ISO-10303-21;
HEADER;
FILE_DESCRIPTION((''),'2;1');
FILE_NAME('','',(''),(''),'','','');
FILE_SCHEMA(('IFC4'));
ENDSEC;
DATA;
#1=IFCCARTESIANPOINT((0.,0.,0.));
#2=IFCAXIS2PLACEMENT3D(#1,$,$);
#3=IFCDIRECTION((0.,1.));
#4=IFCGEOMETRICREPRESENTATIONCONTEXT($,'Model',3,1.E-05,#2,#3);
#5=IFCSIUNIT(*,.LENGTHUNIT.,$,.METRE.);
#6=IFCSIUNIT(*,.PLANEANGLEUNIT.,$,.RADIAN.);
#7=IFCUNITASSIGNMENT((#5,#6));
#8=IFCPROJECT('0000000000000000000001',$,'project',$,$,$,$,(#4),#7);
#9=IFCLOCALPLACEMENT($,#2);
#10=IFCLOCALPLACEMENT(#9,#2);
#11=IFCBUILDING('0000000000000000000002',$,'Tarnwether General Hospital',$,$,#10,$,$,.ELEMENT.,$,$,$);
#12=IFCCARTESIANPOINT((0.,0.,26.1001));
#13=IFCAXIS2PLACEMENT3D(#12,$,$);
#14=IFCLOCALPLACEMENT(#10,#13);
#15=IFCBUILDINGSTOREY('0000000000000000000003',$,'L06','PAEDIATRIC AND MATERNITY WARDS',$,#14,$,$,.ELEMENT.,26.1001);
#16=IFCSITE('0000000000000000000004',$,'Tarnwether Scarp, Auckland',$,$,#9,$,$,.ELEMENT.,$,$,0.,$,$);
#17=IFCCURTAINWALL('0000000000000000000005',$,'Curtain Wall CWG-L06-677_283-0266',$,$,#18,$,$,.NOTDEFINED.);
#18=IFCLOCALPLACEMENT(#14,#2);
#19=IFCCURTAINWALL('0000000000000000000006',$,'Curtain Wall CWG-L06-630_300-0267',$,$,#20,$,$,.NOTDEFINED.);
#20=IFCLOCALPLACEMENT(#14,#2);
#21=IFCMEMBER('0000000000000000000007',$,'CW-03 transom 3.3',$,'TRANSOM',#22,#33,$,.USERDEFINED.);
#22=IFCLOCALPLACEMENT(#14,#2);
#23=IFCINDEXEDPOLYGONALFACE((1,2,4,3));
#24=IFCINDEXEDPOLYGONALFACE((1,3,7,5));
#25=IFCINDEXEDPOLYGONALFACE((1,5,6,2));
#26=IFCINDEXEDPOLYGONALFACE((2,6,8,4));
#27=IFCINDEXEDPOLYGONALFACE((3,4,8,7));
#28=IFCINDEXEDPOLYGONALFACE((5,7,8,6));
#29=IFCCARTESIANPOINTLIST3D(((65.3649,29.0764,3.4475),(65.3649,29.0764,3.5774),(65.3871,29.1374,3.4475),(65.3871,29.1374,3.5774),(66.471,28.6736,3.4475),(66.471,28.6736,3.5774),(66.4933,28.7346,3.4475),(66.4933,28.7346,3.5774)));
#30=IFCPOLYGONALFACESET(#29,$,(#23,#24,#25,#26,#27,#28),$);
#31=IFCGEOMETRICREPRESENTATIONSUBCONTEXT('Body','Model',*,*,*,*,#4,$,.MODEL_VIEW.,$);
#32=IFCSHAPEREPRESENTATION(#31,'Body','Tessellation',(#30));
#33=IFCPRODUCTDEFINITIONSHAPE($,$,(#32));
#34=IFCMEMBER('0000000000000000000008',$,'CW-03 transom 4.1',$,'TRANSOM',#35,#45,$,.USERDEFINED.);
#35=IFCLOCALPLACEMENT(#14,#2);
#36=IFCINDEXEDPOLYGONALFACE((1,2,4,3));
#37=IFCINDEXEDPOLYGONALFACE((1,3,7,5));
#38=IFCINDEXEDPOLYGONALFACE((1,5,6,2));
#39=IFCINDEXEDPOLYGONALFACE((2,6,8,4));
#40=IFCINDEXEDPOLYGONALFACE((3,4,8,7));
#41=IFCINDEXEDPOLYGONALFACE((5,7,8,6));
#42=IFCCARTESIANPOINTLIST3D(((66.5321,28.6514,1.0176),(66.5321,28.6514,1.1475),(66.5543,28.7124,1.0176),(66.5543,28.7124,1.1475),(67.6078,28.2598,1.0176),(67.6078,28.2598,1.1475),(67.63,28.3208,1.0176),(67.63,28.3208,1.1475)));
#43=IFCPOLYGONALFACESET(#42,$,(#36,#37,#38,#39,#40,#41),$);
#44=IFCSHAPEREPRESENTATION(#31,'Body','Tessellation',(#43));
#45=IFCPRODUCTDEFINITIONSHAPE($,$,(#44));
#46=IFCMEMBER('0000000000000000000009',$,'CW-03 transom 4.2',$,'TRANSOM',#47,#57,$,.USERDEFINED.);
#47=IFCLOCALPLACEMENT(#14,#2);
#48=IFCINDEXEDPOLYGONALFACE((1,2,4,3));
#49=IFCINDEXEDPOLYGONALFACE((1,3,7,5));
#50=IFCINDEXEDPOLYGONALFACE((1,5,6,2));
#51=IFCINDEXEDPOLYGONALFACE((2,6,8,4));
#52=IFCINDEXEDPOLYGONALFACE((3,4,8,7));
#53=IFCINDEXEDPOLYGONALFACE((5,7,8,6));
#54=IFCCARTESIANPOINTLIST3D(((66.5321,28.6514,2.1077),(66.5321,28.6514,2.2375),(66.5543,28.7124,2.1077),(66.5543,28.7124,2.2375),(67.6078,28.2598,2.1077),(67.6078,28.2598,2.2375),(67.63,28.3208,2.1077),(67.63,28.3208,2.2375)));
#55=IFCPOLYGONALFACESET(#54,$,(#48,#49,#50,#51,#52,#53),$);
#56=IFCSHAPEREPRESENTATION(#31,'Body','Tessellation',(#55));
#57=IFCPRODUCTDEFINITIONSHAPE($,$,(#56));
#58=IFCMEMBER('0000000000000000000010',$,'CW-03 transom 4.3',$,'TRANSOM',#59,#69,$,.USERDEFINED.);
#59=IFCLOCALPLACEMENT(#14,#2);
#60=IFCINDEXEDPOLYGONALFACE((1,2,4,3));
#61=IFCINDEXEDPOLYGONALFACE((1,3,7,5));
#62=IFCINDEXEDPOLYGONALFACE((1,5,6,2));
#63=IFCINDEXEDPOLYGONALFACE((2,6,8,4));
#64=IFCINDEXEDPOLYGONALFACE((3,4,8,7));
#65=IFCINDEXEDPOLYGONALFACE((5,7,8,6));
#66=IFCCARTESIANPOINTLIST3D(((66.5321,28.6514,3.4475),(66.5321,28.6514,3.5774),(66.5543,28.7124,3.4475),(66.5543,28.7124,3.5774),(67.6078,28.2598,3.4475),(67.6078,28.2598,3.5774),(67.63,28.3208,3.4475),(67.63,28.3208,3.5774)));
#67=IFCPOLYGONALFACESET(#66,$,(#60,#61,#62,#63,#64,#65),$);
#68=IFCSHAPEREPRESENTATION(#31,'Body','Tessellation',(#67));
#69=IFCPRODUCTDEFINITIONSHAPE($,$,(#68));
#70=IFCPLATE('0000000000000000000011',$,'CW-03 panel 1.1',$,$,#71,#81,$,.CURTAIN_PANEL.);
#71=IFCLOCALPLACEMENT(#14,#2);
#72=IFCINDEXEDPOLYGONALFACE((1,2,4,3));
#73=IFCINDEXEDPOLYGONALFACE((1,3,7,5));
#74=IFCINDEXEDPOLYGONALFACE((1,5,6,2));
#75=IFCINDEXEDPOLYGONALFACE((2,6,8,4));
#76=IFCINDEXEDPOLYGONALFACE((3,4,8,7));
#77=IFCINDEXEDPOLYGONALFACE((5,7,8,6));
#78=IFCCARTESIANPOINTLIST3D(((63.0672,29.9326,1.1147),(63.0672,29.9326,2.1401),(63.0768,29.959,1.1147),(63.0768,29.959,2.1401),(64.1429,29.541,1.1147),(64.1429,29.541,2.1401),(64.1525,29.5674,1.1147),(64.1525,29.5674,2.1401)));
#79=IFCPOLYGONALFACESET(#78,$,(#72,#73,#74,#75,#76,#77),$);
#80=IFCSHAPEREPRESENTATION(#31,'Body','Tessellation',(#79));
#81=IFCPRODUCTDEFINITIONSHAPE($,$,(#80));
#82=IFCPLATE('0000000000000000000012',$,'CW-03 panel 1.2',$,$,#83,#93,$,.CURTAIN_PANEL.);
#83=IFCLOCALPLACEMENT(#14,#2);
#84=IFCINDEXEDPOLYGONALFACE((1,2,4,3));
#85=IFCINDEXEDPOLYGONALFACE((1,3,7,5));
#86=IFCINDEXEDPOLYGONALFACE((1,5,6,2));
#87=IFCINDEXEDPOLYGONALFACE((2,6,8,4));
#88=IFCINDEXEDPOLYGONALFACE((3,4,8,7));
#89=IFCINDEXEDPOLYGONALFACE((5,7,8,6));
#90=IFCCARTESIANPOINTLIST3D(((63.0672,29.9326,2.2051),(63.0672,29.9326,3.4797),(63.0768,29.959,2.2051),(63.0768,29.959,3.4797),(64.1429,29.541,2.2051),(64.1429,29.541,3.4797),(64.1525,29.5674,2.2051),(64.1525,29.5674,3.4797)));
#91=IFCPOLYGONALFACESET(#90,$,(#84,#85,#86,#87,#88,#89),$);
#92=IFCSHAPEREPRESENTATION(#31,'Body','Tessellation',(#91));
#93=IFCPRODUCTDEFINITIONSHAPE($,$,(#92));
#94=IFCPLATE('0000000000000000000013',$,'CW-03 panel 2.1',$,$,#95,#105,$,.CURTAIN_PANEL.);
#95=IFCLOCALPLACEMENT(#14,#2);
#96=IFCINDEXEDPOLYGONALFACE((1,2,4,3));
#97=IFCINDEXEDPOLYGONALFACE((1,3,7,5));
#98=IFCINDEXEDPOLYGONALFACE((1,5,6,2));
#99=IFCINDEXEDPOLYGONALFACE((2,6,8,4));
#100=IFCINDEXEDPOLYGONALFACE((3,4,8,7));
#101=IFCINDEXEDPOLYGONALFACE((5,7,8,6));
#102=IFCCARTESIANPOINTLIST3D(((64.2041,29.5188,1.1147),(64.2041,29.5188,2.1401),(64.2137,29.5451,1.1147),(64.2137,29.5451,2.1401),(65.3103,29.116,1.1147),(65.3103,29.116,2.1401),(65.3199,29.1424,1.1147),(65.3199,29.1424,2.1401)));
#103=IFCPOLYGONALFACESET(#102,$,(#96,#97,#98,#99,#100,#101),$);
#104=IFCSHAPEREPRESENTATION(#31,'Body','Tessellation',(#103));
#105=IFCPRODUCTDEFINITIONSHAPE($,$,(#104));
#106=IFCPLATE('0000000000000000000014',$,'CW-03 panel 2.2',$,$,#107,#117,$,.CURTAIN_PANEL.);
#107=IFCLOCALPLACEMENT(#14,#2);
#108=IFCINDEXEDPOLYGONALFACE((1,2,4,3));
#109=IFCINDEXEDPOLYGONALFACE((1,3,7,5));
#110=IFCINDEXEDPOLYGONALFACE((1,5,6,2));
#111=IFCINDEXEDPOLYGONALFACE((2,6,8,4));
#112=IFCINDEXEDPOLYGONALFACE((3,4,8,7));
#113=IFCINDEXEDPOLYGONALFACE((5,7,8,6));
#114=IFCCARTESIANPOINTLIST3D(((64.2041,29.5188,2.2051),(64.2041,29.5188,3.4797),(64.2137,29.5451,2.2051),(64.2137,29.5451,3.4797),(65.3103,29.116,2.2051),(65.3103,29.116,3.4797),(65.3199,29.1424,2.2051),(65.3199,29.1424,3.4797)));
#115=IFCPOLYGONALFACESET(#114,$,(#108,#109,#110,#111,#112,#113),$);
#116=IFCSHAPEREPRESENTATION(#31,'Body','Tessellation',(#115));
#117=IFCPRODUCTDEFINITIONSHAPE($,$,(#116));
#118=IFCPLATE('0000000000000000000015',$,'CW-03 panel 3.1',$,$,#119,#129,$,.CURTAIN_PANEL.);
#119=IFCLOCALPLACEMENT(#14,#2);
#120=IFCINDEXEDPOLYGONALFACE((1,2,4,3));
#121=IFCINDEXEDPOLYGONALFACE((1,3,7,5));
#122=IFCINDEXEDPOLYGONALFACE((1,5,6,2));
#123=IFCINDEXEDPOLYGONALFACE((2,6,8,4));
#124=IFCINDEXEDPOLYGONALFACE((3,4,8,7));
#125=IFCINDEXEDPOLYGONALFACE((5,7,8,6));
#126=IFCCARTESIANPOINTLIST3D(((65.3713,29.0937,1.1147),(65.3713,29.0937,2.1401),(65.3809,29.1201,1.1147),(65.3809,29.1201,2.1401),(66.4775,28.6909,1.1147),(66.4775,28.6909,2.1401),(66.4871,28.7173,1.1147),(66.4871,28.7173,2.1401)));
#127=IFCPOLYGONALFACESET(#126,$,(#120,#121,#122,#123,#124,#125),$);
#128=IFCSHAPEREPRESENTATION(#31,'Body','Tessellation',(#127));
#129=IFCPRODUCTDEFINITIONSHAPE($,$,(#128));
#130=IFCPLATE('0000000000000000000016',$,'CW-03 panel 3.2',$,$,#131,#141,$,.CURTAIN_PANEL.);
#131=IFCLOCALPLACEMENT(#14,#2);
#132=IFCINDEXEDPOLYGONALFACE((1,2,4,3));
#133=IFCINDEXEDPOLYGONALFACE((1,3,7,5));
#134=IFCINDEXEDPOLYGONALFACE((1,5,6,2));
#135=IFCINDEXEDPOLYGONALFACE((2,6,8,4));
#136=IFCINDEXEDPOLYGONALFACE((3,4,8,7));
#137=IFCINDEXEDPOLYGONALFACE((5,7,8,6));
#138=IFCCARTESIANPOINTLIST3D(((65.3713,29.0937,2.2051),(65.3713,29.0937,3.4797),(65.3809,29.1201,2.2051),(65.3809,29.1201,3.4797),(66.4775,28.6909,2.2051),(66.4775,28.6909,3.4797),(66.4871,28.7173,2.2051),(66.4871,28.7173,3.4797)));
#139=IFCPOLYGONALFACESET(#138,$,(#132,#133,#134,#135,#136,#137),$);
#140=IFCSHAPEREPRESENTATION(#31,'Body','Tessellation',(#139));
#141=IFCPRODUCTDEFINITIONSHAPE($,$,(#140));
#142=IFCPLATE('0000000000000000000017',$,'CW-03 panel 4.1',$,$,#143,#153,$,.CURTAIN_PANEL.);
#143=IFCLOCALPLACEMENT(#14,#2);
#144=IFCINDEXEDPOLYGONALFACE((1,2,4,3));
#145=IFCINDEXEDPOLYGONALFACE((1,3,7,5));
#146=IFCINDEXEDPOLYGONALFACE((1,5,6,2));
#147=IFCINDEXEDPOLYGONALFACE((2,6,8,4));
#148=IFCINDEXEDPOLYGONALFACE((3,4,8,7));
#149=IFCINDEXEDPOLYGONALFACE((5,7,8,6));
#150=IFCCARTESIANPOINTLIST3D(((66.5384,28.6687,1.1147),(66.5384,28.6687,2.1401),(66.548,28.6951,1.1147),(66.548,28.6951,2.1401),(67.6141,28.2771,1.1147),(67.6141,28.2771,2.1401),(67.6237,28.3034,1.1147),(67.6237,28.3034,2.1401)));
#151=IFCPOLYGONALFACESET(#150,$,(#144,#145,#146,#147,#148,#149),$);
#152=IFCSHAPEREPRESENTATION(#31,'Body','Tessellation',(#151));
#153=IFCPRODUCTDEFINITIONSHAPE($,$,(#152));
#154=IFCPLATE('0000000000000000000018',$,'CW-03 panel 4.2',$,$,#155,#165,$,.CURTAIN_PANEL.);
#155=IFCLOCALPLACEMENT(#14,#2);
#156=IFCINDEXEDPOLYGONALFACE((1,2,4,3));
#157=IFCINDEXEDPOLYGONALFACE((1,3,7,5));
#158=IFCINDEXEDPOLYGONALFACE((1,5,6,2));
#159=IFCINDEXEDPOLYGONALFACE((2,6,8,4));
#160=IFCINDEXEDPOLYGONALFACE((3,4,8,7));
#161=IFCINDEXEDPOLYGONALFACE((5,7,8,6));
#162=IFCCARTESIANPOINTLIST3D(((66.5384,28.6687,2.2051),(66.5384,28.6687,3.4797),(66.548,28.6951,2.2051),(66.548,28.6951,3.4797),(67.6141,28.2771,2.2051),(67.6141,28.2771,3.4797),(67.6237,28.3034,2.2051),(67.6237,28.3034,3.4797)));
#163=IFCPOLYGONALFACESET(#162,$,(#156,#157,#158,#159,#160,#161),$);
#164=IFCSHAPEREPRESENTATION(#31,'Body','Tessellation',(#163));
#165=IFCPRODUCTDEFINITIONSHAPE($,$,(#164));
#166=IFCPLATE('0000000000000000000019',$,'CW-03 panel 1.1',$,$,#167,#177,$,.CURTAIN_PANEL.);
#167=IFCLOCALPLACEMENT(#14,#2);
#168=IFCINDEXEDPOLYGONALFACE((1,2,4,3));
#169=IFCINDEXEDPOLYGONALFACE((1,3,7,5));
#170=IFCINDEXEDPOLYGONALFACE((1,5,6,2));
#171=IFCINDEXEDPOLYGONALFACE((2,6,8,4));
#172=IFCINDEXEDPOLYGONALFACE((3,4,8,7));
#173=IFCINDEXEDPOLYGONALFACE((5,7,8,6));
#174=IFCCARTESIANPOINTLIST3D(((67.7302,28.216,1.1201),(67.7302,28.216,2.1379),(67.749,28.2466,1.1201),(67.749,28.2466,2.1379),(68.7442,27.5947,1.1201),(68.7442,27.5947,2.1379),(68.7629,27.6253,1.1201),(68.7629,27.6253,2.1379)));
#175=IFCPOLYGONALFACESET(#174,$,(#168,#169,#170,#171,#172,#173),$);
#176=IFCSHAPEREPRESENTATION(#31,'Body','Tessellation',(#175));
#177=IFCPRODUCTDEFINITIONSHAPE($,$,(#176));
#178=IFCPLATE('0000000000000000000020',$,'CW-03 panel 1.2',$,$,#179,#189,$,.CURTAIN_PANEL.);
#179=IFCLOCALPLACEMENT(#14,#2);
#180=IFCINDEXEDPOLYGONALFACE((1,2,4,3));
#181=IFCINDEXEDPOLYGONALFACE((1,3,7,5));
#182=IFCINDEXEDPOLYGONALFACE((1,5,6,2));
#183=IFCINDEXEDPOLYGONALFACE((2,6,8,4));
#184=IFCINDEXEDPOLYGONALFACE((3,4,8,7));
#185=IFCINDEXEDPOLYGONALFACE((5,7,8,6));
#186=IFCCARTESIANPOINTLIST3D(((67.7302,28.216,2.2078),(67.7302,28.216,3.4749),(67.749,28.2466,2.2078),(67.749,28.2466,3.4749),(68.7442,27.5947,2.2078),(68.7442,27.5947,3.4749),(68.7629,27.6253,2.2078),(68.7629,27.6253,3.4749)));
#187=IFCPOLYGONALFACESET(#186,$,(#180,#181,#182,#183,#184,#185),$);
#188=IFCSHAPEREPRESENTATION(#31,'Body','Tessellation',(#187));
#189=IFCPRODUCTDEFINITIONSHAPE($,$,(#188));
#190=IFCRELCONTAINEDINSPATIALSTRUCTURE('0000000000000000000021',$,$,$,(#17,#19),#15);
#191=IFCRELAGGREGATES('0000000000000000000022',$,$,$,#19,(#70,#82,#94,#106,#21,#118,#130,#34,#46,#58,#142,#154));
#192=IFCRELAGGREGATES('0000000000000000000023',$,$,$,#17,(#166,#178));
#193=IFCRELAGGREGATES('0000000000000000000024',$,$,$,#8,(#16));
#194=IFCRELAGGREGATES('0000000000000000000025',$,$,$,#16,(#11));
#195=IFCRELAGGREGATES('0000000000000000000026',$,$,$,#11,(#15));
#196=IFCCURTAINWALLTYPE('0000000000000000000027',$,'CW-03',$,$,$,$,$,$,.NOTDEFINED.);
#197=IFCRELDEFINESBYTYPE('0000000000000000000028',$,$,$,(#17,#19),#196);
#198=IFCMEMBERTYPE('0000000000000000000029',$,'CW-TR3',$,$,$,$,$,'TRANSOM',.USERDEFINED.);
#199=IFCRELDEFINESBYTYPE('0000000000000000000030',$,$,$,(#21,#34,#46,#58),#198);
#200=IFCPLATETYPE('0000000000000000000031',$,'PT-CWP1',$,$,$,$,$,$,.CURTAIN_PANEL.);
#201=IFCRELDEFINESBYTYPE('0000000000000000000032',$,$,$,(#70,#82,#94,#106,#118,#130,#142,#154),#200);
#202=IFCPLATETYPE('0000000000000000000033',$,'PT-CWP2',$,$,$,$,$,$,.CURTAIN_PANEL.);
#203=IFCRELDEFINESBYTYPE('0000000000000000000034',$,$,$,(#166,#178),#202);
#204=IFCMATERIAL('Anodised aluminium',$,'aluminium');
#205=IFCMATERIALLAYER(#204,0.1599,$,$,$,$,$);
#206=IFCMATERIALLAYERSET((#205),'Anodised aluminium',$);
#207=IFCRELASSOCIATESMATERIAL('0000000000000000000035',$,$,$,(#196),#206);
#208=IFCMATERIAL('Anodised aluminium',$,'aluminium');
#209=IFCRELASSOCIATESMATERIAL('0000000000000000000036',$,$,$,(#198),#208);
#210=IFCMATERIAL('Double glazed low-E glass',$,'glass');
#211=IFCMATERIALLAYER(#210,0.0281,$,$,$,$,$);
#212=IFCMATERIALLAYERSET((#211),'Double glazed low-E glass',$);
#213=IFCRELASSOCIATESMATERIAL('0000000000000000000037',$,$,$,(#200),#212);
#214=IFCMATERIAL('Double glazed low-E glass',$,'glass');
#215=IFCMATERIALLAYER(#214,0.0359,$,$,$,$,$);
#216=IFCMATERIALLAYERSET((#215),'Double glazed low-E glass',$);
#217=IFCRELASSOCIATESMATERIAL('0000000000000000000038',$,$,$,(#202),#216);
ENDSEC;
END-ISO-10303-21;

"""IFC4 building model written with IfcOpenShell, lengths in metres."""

from ifc_helpers import new_model, si_unit, direction, frame, origin, origin_2d, place, context, subcontext, project, spatial, rectangle, extrude, material, layer, layer_set, material_profile, profile_set, type_object, element, aggregate, save


model = new_model("IFC4")

# Units and contexts
model_context = context("Model", 3, precision=1e-05, world=origin(), true_north=direction((0.0, 1.0)))
body_context = subcontext(model_context, "Body", "Model", "MODEL_VIEW")
ifc_project = project(units=[si_unit("LENGTHUNIT", "METRE"), si_unit("PLANEANGLEUNIT", "RADIAN")], contexts=[model_context])

# Site, building, storey
site_placement = place(None, origin())
site = spatial("IfcSite", under=ifc_project, at=site_placement, Name="Tarnwether Scarp, Auckland", CompositionType="ELEMENT", RefElevation=0.0)
building_placement = place(site_placement, origin())
building = spatial("IfcBuilding", under=site, at=building_placement, Name="Tarnwether General Hospital", CompositionType="ELEMENT")
storey_placement = place(building_placement, frame((0.0, 0.0, 26.1001)))
storey = spatial("IfcBuildingStorey", under=building, at=storey_placement, Name="L06", Description="PAEDIATRIC AND MATERNITY WARDS", CompositionType="ELEMENT", Elevation=26.1001)

# Curtain wall
ifc_material_1 = material(Name="Anodised aluminium", Category="aluminium")
ifc_layer_1 = layer(ifc_material_1, 0.1599)
ifc_layer_set_1 = layer_set([ifc_layer_1], Name="Anodised aluminium")
curtain_wall_type = type_object("IfcCurtainWallType", Name="CW-03", PredefinedType="NOTDEFINED", material=ifc_layer_set_1)
curtain_wall_1_placement = place(storey_placement, origin())
curtain_wall_1 = element("IfcCurtainWall", 1, at=curtain_wall_1_placement, inside=storey, type_object=curtain_wall_type, Name="Curtain Wall CWG-L06-677_283-0266", PredefinedType="NOTDEFINED")

# Curtain wall
curtain_wall_2_placement = place(storey_placement, origin())
curtain_wall_2 = element("IfcCurtainWall", 2, at=curtain_wall_2_placement, inside=storey, type_object=curtain_wall_type, Name="Curtain Wall CWG-L06-630_300-0267", PredefinedType="NOTDEFINED")

# Members
ifc_material_2 = material(Name="Anodised aluminium", Category="aluminium")
ifc_material_profile_1 = material_profile(ifc_material_2, rectangle(XDim=0.0649, YDim=0.1299, at=origin_2d()), Name="ALU-TRN-65x130")
ifc_profile_set_1 = profile_set([ifc_material_profile_1], Name="Anodised aluminium")
member_type_1 = type_object("IfcMemberType", Name="CW-TR3", ElementType="TRANSOM", PredefinedType="USERDEFINED", material=ifc_profile_set_1)
member_1_placement = place(storey_placement, frame((65.376, 29.1069, 3.5125), z_axis=(0.939636, -0.342176, 0.0), x_axis=(0.342176, 0.939636, 0.0)))
member_1 = element("IfcMember", 3, at=member_1_placement, type_object=member_type_1, Name="CW-03 transom 3.3", ObjectType="TRANSOM", PredefinedType="USERDEFINED", context=body_context, shape_type="SweptSolid", body=[
    extrude(rectangle(XDim=0.0649, YDim=0.1299, at=origin_2d()), origin(), (0.0, 0.0, 1.0), 1.1772),
])
member_2_placement = place(storey_placement, frame((66.5432, 28.6819, 1.0825), z_axis=(0.939669, -0.342086, 0.0), x_axis=(0.342086, 0.939669, 0.0)))
member_2 = element("IfcMember", 4, at=member_2_placement, type_object=member_type_1, Name="CW-03 transom 4.1", ObjectType="TRANSOM", PredefinedType="USERDEFINED", context=body_context, shape_type="SweptSolid", body=[
    extrude(rectangle(XDim=0.0649, YDim=0.1299, at=origin_2d()), origin(), (0.0, 0.0, 1.0), 1.1448),
])
member_3_placement = place(storey_placement, frame((66.5432, 28.6819, 2.1726), z_axis=(0.939669, -0.342086, 0.0), x_axis=(0.342086, 0.939669, 0.0)))
member_3 = element("IfcMember", 5, at=member_3_placement, type_object=member_type_1, Name="CW-03 transom 4.2", ObjectType="TRANSOM", PredefinedType="USERDEFINED", context=body_context, shape_type="SweptSolid", body=[
    extrude(rectangle(XDim=0.0649, YDim=0.1299, at=origin_2d()), origin(), (0.0, 0.0, 1.0), 1.1448),
])
member_4_placement = place(storey_placement, frame((66.5432, 28.6819, 3.5125), z_axis=(0.939669, -0.342086, 0.0), x_axis=(0.342086, 0.939669, 0.0)))
member_4 = element("IfcMember", 6, at=member_4_placement, type_object=member_type_1, Name="CW-03 transom 4.3", ObjectType="TRANSOM", PredefinedType="USERDEFINED", context=body_context, shape_type="SweptSolid", body=[
    extrude(rectangle(XDim=0.0649, YDim=0.1299, at=origin_2d()), origin(), (0.0, 0.0, 1.0), 1.1448),
])

# Plates
ifc_material_3 = material(Name="Double glazed low-E glass", Category="glass")
ifc_layer_2 = layer(ifc_material_3, 0.0281)
ifc_layer_set_2 = layer_set([ifc_layer_2], Name="Double glazed low-E glass")
plate_type_1 = type_object("IfcPlateType", Name="PT-CWP1", PredefinedType="CURTAIN_PANEL", material=ifc_layer_set_2)
plate_1_placement = place(storey_placement, frame((63.6099, 29.75, 1.1147), z_axis=(0.0, 0.0, 1.0), x_axis=(0.939652, -0.342131, 0.0)))
plate_1 = element("IfcPlate", 7, at=plate_1_placement, type_object=plate_type_1, Name="CW-03 panel 1.1", PredefinedType="CURTAIN_PANEL", context=body_context, shape_type="SweptSolid", body=[
    extrude(rectangle(XDim=1.1448, YDim=0.0281, at=origin_2d()), origin(), (0.0, 0.0, 1.0), 1.0254),
])
plate_2_placement = place(storey_placement, frame((63.6099, 29.75, 2.2051), z_axis=(0.0, 0.0, 1.0), x_axis=(0.939652, -0.342131, 0.0)))
plate_2 = element("IfcPlate", 8, at=plate_2_placement, type_object=plate_type_1, Name="CW-03 panel 1.2", PredefinedType="CURTAIN_PANEL", context=body_context, shape_type="SweptSolid", body=[
    extrude(rectangle(XDim=1.1448, YDim=0.0281, at=origin_2d()), origin(), (0.0, 0.0, 1.0), 1.2747),
])
plate_3_placement = place(storey_placement, frame((64.762, 29.3306, 1.1147), z_axis=(0.0, 0.0, 1.0), x_axis=(0.939652, -0.342131, 0.0)))
plate_3 = element("IfcPlate", 9, at=plate_3_placement, type_object=plate_type_1, Name="CW-03 panel 2.1", PredefinedType="CURTAIN_PANEL", context=body_context, shape_type="SweptSolid", body=[
    extrude(rectangle(XDim=1.1772, YDim=0.0281, at=origin_2d()), origin(), (0.0, 0.0, 1.0), 1.0254),
])
plate_4_placement = place(storey_placement, frame((64.762, 29.3306, 2.2051), z_axis=(0.0, 0.0, 1.0), x_axis=(0.939652, -0.342131, 0.0)))
plate_4 = element("IfcPlate", 10, at=plate_4_placement, type_object=plate_type_1, Name="CW-03 panel 2.2", PredefinedType="CURTAIN_PANEL", context=body_context, shape_type="SweptSolid", body=[
    extrude(rectangle(XDim=1.1772, YDim=0.0281, at=origin_2d()), origin(), (0.0, 0.0, 1.0), 1.2747),
])
plate_5_placement = place(storey_placement, frame((65.9292, 28.9055, 1.1147), z_axis=(0.0, 0.0, 1.0), x_axis=(0.939652, -0.342131, 0.0)))
plate_5 = element("IfcPlate", 11, at=plate_5_placement, type_object=plate_type_1, Name="CW-03 panel 3.1", PredefinedType="CURTAIN_PANEL", context=body_context, shape_type="SweptSolid", body=[
    extrude(rectangle(XDim=1.1772, YDim=0.0281, at=origin_2d()), origin(), (0.0, 0.0, 1.0), 1.0254),
])
plate_6_placement = place(storey_placement, frame((65.9292, 28.9055, 2.2051), z_axis=(0.0, 0.0, 1.0), x_axis=(0.939652, -0.342131, 0.0)))
plate_6 = element("IfcPlate", 12, at=plate_6_placement, type_object=plate_type_1, Name="CW-03 panel 3.2", PredefinedType="CURTAIN_PANEL", context=body_context, shape_type="SweptSolid", body=[
    extrude(rectangle(XDim=1.1772, YDim=0.0281, at=origin_2d()), origin(), (0.0, 0.0, 1.0), 1.2747),
])
plate_7_placement = place(storey_placement, frame((67.0811, 28.4861, 1.1147), z_axis=(0.0, 0.0, 1.0), x_axis=(0.939652, -0.342131, 0.0)))
plate_7 = element("IfcPlate", 13, at=plate_7_placement, type_object=plate_type_1, Name="CW-03 panel 4.1", PredefinedType="CURTAIN_PANEL", context=body_context, shape_type="SweptSolid", body=[
    extrude(rectangle(XDim=1.1448, YDim=0.0281, at=origin_2d()), origin(), (0.0, 0.0, 1.0), 1.0254),
])
plate_8_placement = place(storey_placement, frame((67.0811, 28.4861, 2.2051), z_axis=(0.0, 0.0, 1.0), x_axis=(0.939652, -0.342131, 0.0)))
plate_8 = element("IfcPlate", 14, at=plate_8_placement, type_object=plate_type_1, Name="CW-03 panel 4.2", PredefinedType="CURTAIN_PANEL", context=body_context, shape_type="SweptSolid", body=[
    extrude(rectangle(XDim=1.1448, YDim=0.0281, at=origin_2d()), origin(), (0.0, 0.0, 1.0), 1.2747),
])
aggregate(curtain_wall_2, [plate_1, plate_2, plate_3, plate_4, member_1, plate_5, plate_6, member_2, member_3, member_4, plate_7, plate_8])
ifc_material_4 = material(Name="Double glazed low-E glass", Category="glass")
ifc_layer_3 = layer(ifc_material_4, 0.0359)
ifc_layer_set_3 = layer_set([ifc_layer_3], Name="Double glazed low-E glass")
plate_type_2 = type_object("IfcPlateType", Name="PT-CWP2", PredefinedType="CURTAIN_PANEL", material=ifc_layer_set_3)
plate_9_placement = place(storey_placement, frame((68.2466, 27.9207, 1.1201), z_axis=(0.0, 0.0, 1.0), x_axis=(0.852632, -0.522512, 0.0)))
plate_9 = element("IfcPlate", 15, at=plate_9_placement, type_object=plate_type_2, Name="CW-03 panel 1.1", PredefinedType="CURTAIN_PANEL", context=body_context, shape_type="SweptSolid", body=[
    extrude(rectangle(XDim=1.1892, YDim=0.0359, at=origin_2d()), origin(), (0.0, 0.0, 1.0), 1.0178),
])
plate_10_placement = place(storey_placement, frame((68.2466, 27.9207, 2.2078), z_axis=(0.0, 0.0, 1.0), x_axis=(0.852632, -0.522512, 0.0)))
plate_10 = element("IfcPlate", 16, at=plate_10_placement, type_object=plate_type_2, Name="CW-03 panel 1.2", PredefinedType="CURTAIN_PANEL", context=body_context, shape_type="SweptSolid", body=[
    extrude(rectangle(XDim=1.1892, YDim=0.0359, at=origin_2d()), origin(), (0.0, 0.0, 1.0), 1.2671),
])
aggregate(curtain_wall_1, [plate_9, plate_10])

save(model, "model.ifc")
